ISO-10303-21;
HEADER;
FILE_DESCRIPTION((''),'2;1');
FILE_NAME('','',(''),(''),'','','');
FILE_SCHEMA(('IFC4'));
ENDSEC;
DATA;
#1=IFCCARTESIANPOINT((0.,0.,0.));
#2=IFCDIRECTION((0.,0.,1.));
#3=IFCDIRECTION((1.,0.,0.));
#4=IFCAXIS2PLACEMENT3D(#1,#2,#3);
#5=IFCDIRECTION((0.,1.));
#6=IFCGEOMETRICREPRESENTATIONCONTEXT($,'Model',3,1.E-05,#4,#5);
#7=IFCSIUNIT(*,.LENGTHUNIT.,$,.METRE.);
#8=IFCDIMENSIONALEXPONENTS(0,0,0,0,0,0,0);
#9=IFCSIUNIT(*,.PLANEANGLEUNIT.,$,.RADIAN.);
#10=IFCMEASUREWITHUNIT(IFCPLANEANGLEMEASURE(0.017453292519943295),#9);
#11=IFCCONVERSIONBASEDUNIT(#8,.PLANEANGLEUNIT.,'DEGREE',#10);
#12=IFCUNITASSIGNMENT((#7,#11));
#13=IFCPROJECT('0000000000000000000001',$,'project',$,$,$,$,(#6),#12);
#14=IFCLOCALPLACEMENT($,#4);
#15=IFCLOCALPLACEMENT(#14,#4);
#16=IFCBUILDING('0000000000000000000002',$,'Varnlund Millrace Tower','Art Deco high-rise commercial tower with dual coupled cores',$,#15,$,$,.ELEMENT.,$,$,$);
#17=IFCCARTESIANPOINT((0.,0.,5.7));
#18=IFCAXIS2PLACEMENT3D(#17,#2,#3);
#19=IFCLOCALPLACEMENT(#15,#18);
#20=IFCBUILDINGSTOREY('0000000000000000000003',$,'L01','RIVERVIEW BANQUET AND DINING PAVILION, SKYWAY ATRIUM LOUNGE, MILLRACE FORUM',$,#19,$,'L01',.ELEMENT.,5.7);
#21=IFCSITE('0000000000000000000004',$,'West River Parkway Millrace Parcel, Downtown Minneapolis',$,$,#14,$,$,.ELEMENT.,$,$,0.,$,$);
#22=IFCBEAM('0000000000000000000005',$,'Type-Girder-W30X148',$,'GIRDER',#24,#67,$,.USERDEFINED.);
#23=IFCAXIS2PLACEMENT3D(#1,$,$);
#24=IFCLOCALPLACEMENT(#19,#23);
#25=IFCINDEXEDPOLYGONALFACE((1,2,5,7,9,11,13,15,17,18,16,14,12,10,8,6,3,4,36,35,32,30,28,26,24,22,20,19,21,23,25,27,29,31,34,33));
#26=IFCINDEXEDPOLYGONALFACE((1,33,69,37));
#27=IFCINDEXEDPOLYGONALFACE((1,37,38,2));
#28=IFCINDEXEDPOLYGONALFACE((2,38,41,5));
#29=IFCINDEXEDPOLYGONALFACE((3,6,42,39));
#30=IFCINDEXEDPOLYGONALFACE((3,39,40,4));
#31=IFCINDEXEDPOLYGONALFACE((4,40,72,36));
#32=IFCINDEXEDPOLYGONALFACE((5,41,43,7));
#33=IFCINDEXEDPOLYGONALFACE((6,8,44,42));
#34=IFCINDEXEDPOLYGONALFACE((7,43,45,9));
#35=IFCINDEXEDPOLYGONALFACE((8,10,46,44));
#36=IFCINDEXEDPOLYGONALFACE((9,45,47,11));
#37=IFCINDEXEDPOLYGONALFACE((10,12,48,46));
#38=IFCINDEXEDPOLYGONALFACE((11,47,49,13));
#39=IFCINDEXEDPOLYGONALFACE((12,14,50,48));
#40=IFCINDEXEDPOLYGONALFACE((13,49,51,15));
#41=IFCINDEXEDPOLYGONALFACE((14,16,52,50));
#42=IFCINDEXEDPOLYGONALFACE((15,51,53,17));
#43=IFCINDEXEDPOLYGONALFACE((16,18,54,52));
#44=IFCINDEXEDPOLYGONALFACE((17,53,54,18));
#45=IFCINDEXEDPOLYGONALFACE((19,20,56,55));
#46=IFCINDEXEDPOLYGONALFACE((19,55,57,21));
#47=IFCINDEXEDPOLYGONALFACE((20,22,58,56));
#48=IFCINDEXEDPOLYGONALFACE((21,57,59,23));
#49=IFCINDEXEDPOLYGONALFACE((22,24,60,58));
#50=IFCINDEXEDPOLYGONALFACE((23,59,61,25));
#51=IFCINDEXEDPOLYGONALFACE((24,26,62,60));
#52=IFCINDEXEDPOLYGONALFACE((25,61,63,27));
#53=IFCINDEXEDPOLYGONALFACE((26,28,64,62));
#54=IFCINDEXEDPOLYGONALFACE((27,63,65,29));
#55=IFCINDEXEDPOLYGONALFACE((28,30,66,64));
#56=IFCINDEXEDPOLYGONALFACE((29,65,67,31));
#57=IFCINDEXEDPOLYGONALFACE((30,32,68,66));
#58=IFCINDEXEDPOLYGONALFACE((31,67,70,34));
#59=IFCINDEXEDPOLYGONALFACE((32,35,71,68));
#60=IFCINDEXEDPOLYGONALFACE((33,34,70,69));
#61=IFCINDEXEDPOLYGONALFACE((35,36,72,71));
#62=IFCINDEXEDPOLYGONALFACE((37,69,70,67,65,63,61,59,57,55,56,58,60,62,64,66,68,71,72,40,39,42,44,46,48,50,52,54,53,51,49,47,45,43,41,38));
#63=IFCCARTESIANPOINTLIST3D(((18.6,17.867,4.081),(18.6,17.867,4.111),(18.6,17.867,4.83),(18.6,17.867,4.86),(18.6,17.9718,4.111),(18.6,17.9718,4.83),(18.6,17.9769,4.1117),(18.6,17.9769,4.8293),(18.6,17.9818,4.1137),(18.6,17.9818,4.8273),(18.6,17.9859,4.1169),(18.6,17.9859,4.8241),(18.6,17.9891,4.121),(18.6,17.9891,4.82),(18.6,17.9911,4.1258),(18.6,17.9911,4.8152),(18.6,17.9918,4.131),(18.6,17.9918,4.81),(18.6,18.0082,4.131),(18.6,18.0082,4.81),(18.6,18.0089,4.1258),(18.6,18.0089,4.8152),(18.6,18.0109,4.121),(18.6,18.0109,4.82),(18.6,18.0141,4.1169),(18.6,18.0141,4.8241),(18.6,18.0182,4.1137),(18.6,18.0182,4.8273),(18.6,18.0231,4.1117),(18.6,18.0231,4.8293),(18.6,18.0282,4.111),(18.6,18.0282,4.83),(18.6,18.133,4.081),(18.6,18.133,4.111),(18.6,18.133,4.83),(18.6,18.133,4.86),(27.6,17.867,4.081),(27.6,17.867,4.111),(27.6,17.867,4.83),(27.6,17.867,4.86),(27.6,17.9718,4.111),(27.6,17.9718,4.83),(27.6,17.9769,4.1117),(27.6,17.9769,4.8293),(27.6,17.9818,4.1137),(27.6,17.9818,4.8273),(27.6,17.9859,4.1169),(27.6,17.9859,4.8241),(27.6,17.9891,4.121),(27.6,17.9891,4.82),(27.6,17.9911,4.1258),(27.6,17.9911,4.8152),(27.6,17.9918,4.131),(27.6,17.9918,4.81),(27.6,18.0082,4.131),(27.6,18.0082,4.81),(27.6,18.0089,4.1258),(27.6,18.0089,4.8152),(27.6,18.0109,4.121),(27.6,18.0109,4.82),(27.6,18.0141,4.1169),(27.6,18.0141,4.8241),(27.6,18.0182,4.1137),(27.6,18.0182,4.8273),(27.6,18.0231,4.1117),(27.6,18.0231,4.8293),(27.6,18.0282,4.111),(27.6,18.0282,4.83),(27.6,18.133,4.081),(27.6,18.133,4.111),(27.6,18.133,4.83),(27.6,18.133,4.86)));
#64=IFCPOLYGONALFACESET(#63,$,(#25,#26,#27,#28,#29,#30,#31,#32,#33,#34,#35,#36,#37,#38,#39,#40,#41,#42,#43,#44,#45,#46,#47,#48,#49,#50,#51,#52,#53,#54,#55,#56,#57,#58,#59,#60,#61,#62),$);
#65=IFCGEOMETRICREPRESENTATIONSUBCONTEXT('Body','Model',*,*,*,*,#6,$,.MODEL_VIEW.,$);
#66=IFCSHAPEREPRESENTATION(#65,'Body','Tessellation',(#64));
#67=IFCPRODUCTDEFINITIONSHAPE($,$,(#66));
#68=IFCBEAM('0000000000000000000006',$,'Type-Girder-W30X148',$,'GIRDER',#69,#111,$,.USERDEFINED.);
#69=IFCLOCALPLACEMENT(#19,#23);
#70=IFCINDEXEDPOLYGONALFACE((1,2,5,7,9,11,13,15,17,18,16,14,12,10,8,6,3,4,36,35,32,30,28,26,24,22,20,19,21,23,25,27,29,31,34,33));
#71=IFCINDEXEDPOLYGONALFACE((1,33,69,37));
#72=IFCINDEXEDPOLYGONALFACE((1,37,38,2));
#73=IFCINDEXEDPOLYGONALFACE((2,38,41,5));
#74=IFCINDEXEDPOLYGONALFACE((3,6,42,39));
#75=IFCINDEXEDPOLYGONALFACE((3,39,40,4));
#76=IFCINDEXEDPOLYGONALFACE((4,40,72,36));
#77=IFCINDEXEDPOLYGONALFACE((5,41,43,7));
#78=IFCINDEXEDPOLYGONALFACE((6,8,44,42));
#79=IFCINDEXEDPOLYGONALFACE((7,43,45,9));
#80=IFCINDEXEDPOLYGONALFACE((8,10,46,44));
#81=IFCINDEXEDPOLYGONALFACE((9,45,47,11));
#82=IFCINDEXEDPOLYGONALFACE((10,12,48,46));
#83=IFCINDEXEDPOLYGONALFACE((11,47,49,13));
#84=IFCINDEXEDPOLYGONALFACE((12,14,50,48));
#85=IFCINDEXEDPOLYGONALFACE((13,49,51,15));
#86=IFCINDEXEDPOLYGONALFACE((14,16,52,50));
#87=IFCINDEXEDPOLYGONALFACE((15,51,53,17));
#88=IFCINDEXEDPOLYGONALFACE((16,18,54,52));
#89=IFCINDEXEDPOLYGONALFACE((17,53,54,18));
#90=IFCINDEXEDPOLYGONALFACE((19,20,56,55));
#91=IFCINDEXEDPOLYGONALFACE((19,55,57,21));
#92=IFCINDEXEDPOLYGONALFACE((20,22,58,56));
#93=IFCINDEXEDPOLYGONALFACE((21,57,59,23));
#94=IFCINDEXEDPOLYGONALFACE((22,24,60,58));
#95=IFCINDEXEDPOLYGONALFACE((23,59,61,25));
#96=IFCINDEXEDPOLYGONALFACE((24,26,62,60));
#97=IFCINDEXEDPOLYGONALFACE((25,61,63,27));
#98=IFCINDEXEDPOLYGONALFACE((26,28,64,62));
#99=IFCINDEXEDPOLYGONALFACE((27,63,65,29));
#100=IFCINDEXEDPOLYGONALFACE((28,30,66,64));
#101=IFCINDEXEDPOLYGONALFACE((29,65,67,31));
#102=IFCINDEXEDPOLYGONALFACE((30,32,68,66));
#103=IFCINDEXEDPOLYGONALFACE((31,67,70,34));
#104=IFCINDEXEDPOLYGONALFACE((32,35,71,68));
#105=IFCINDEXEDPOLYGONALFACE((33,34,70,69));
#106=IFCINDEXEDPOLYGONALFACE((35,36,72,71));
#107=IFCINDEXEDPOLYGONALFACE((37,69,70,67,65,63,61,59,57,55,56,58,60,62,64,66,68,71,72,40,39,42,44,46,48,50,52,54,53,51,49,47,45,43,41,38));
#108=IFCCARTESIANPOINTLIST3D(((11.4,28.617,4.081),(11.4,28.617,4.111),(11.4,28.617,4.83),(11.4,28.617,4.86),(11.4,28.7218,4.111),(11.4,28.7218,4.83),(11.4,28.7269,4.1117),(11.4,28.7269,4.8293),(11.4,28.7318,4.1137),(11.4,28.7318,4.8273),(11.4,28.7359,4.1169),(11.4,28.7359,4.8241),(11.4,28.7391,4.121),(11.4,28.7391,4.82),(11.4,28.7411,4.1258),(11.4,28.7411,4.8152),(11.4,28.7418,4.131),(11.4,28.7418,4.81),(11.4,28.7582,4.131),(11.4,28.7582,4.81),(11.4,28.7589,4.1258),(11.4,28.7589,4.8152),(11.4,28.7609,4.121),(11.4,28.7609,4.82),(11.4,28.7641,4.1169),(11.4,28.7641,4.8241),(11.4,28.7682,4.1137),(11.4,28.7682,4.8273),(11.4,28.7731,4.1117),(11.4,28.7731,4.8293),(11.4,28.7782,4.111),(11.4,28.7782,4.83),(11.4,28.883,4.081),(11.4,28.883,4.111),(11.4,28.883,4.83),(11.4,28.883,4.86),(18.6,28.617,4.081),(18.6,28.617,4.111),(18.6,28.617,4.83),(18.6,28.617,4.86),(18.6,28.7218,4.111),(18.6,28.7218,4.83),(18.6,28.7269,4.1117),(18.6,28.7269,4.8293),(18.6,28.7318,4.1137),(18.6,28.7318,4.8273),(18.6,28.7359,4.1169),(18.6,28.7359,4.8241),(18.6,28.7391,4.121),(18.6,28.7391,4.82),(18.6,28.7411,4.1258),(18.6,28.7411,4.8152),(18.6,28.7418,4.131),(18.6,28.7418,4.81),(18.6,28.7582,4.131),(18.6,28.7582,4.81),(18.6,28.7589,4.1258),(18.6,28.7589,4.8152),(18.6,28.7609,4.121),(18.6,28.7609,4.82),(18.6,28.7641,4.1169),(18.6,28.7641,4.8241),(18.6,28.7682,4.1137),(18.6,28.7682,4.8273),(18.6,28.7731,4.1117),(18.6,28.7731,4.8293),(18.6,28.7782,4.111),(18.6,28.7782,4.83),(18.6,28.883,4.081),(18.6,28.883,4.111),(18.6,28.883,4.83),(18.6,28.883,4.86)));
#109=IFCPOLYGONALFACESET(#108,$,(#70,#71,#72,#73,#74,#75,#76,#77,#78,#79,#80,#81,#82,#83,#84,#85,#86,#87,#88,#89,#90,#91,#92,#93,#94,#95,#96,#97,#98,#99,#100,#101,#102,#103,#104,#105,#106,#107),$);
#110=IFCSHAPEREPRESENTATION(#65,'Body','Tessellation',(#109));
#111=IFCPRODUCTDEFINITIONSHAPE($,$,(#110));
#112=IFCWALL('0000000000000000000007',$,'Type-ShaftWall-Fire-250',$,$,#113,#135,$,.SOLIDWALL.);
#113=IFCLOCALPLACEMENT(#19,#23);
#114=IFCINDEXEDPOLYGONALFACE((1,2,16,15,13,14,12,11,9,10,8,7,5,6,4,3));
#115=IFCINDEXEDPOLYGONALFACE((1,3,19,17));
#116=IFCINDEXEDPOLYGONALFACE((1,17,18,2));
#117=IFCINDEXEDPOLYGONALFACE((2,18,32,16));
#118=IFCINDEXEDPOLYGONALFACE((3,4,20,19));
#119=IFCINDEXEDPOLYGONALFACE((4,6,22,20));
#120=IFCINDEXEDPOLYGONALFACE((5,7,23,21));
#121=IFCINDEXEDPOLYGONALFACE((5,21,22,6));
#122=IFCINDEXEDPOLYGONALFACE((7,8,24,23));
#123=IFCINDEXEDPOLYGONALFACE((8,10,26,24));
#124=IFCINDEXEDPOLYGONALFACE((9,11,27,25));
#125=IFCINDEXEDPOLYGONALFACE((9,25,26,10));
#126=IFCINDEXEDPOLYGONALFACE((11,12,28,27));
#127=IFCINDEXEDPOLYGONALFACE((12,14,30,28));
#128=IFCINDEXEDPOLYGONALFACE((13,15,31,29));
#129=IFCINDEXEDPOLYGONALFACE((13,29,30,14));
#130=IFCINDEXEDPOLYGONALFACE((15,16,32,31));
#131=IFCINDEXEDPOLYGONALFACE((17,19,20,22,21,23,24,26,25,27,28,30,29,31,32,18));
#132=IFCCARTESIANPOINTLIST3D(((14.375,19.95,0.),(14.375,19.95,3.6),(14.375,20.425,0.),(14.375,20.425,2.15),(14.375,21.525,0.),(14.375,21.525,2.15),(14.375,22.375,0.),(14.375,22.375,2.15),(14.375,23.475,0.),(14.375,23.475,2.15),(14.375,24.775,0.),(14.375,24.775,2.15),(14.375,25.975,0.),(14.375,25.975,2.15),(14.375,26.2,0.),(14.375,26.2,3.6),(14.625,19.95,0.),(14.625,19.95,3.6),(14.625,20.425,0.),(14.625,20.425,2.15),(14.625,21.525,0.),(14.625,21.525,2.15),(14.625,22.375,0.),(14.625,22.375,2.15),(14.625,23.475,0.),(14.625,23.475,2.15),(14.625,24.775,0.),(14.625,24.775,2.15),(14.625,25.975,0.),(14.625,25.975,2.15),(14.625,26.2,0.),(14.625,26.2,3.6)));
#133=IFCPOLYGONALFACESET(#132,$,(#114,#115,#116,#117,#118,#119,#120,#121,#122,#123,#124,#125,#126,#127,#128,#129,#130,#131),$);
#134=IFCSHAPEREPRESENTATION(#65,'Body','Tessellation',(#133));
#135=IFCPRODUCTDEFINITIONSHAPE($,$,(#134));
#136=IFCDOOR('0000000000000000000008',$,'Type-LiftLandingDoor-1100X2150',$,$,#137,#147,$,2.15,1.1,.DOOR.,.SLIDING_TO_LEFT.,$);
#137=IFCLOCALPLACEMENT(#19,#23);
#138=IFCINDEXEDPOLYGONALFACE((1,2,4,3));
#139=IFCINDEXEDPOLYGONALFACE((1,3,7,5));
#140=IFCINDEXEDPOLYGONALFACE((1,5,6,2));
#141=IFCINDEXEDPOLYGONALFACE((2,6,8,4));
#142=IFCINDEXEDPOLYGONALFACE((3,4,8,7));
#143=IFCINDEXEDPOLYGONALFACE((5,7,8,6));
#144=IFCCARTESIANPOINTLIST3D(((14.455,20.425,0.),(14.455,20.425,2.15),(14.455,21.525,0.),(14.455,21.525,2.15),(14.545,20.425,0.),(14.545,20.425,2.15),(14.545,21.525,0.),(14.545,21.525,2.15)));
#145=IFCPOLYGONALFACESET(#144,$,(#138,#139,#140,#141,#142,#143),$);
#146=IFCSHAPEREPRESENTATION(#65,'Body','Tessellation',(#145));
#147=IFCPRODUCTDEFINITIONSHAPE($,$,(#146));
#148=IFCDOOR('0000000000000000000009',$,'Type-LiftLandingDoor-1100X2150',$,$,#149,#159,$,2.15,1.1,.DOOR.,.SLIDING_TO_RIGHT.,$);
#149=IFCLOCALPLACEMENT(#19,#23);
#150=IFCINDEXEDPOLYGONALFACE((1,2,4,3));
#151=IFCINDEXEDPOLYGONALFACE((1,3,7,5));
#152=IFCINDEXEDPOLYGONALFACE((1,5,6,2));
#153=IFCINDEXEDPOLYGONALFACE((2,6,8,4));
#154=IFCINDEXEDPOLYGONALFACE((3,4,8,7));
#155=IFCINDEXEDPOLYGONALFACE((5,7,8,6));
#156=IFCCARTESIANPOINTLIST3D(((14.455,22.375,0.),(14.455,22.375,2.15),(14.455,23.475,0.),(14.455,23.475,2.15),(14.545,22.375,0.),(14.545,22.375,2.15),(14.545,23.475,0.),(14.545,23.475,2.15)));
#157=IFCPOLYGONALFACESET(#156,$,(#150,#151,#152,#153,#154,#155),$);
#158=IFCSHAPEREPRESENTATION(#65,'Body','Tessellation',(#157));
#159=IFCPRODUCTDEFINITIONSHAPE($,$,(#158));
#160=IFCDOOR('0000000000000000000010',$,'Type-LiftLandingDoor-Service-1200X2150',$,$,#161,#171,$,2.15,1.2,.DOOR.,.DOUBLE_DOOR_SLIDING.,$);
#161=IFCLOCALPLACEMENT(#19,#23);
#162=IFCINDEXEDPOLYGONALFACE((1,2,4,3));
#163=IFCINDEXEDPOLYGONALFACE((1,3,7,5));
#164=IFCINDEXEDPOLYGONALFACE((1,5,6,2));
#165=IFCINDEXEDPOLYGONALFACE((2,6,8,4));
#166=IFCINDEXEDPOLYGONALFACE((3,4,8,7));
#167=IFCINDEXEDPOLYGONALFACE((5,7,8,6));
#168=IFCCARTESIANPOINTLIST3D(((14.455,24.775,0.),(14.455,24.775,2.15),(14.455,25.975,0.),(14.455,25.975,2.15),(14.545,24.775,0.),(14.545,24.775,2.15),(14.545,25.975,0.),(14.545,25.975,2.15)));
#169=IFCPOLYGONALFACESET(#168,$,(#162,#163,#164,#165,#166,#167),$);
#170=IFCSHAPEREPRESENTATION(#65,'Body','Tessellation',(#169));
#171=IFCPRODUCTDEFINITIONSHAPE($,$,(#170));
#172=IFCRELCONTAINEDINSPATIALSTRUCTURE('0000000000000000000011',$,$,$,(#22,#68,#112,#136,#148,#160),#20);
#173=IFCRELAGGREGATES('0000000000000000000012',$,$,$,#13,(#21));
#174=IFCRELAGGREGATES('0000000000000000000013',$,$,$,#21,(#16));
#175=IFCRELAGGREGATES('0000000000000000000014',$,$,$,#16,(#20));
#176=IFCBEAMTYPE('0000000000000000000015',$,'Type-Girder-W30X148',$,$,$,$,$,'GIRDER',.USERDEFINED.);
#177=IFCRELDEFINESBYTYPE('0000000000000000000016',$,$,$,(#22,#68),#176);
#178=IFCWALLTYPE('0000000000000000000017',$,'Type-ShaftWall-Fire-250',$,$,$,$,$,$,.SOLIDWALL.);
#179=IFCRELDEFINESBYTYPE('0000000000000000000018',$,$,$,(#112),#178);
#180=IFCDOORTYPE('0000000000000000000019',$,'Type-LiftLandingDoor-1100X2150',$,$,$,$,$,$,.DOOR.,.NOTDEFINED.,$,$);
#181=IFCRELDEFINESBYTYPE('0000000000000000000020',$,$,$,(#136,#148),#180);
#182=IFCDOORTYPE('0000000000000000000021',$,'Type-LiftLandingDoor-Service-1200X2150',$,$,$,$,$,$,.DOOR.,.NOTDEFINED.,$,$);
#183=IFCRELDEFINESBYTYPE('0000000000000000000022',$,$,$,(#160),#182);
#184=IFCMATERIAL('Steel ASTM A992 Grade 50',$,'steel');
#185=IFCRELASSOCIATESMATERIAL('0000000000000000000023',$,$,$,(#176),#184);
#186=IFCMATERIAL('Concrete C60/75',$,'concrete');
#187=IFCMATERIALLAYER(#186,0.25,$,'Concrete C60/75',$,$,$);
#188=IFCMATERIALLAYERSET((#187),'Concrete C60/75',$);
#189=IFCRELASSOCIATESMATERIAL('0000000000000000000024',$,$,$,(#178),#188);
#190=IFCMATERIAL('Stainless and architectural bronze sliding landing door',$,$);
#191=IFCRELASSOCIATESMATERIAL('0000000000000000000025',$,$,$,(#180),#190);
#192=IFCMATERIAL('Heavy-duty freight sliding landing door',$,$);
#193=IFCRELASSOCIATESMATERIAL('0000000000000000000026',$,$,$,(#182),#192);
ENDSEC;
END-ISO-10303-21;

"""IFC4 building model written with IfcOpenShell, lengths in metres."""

from ifc_helpers import new_model, entity, si_unit, converted_unit, direction, frame, origin_with_axes, origin_2d_with_axis, place, context, subcontext, project, spatial, polyline, rectangle, i_section, outline, extrude, material, layer, layer_set, material_profile, profile_set, type_object, element, fill, save


model = new_model("IFC4")

# Units and contexts
model_context = context("Model", 3, precision=1e-05, world=origin_with_axes(), true_north=direction((0.0, 1.0)))
body_context = subcontext(model_context, "Body", "Model", "MODEL_VIEW")
ifc_project = project(units=[si_unit("LENGTHUNIT", "METRE"), converted_unit("PLANEANGLEUNIT", "DEGREE", entity("IfcPlaneAngleMeasure", 0.017453292519943295), si_unit("PLANEANGLEUNIT", "RADIAN"), dimensions=[0, 0, 0, 0, 0, 0, 0])], contexts=[model_context])

# Site, building, storey
site_placement = place(None, origin_with_axes())
site = spatial("IfcSite", under=ifc_project, at=site_placement, Name="West River Parkway Millrace Parcel, Downtown Minneapolis", CompositionType="ELEMENT", RefElevation=0.0)
building_placement = place(site_placement, origin_with_axes())
building = spatial("IfcBuilding", under=site, at=building_placement, Name="Varnlund Millrace Tower", Description="Art Deco high-rise commercial tower with dual coupled cores", CompositionType="ELEMENT")
storey_placement = place(building_placement, frame((0.0, 0.0, 5.7), z_axis=(0.0, 0.0, 1.0), x_axis=(1.0, 0.0, 0.0)))
storey = spatial("IfcBuildingStorey", under=building, at=storey_placement, Name="L01", Description="RIVERVIEW BANQUET AND DINING PAVILION, SKYWAY ATRIUM LOUNGE, MILLRACE FORUM", LongName="L01", CompositionType="ELEMENT", Elevation=5.7)

# Beams
ifc_material_1 = material(Name="Steel ASTM A992 Grade 50", Category="steel")
ifc_material_profile = material_profile(ifc_material_1, i_section(OverallWidth=0.266, OverallDepth=0.779, WebThickness=0.0165, FlangeThickness=0.03, FilletRadius=0.02, at=origin_2d_with_axis()), Name="Steel ASTM A992 Grade 50")
ifc_profile_set = profile_set([ifc_material_profile], Name="Steel ASTM A992 Grade 50")
beam_type = type_object("IfcBeamType", Name="Type-Girder-W30X148", ElementType="GIRDER", PredefinedType="USERDEFINED", material=ifc_profile_set)
beam_1_placement = place(storey_placement, frame((18.6, 18.0, 4.4705), z_axis=(1.0, 0.0, 0.0), x_axis=(0.0, 1.0, 0.0)))
element("IfcBeam", 1, at=beam_1_placement, inside=storey, type_object=beam_type, Name="Type-Girder-W30X148", ObjectType="GIRDER", PredefinedType="USERDEFINED", context=body_context, shape_type="SweptSolid", body=[
    extrude(i_section(OverallWidth=0.266, OverallDepth=0.779, WebThickness=0.0165, FlangeThickness=0.03, FilletRadius=0.02, at=origin_2d_with_axis()), origin_with_axes(), (0.0, 0.0, 1.0), 9.0),
])
beam_2_placement = place(storey_placement, frame((11.4, 28.75, 4.4705), z_axis=(1.0, 0.0, 0.0), x_axis=(0.0, 1.0, 0.0)))
element("IfcBeam", 2, at=beam_2_placement, inside=storey, type_object=beam_type, Name="Type-Girder-W30X148", ObjectType="GIRDER", PredefinedType="USERDEFINED", context=body_context, shape_type="SweptSolid", body=[
    extrude(i_section(OverallWidth=0.266, OverallDepth=0.779, WebThickness=0.0165, FlangeThickness=0.03, FilletRadius=0.02, at=origin_2d_with_axis()), origin_with_axes(), (0.0, 0.0, 1.0), 7.2),
])

# Wall, openings, doors
ifc_material_2 = material(Name="Concrete C60/75", Category="concrete")
ifc_layer = layer(ifc_material_2, 0.25, Name="Concrete C60/75")
ifc_layer_set = layer_set([ifc_layer], Name="Concrete C60/75")
wall_type_1 = type_object("IfcWallType", Name="Type-ShaftWall-Fire-250", PredefinedType="SOLIDWALL", material=ifc_layer_set)
wall_1_placement = place(storey_placement, frame((14.5, 19.95, 0.0), z_axis=(0.0, 0.0, 1.0), x_axis=(0.0, 1.0, 0.0)))
wall_1 = element("IfcWall", 3, at=wall_1_placement, inside=storey, type_object=wall_type_1, Name="Type-ShaftWall-Fire-250", PredefinedType="SOLIDWALL", context=body_context, shape_type="SweptSolid", body=[
    extrude(outline(polyline([(0.0, -0.125), (6.25, -0.125), (6.25, 0.125), (0.0, 0.125), (0.0, -0.125)])), origin_with_axes(), (0.0, 0.0, 1.0), 3.6),
])
opening_1_placement = place(wall_1_placement, frame((1.025, 0.0, 0.0), z_axis=(0.0, 0.0, 1.0), x_axis=(1.0, 0.0, 0.0)))
opening_1 = element("IfcOpeningElement", 4, at=opening_1_placement, cuts=wall_1, PredefinedType="OPENING", context=body_context, shape_type="SweptSolid", body=[
    extrude(rectangle(XDim=1.1, YDim=0.27, at=origin_2d_with_axis()), origin_with_axes(), (0.0, 0.0, 1.0), 2.15),
])
opening_2_placement = place(wall_1_placement, frame((2.975, 0.0, 0.0), z_axis=(0.0, 0.0, 1.0), x_axis=(1.0, 0.0, 0.0)))
opening_2 = element("IfcOpeningElement", 5, at=opening_2_placement, cuts=wall_1, PredefinedType="OPENING", context=body_context, shape_type="SweptSolid", body=[
    extrude(rectangle(XDim=1.1, YDim=0.27, at=origin_2d_with_axis()), origin_with_axes(), (0.0, 0.0, 1.0), 2.15),
])
opening_3_placement = place(wall_1_placement, frame((5.425, 0.0, 0.0), z_axis=(0.0, 0.0, 1.0), x_axis=(1.0, 0.0, 0.0)))
opening_3 = element("IfcOpeningElement", 6, at=opening_3_placement, cuts=wall_1, PredefinedType="OPENING", context=body_context, shape_type="SweptSolid", body=[
    extrude(rectangle(XDim=1.2, YDim=0.27, at=origin_2d_with_axis()), origin_with_axes(), (0.0, 0.0, 1.0), 2.15),
])
ifc_material_3 = material(Name="Stainless and architectural bronze sliding landing door")
door_type_1 = type_object("IfcDoorType", Name="Type-LiftLandingDoor-1100X2150", OperationType="NOTDEFINED", PredefinedType="DOOR", material=ifc_material_3)
door_1_placement = place(wall_1_placement, frame((1.025, 0.0, 0.0), z_axis=(0.0, 0.0, 1.0), x_axis=(1.0, 0.0, 0.0)))
door_1 = element("IfcDoor", 7, at=door_1_placement, inside=storey, type_object=door_type_1, Name="Type-LiftLandingDoor-1100X2150", OperationType="SLIDING_TO_LEFT", OverallHeight=2.15, OverallWidth=1.1, PredefinedType="DOOR", context=body_context, shape_type="SweptSolid", body=[
    extrude(rectangle(XDim=1.1, YDim=0.09, at=origin_2d_with_axis()), origin_with_axes(), (0.0, 0.0, 1.0), 2.15),
])
fill(opening_1, door_1)
door_2_placement = place(wall_1_placement, frame((2.975, 0.0, 0.0), z_axis=(0.0, 0.0, 1.0), x_axis=(1.0, 0.0, 0.0)))
door_2 = element("IfcDoor", 8, at=door_2_placement, inside=storey, type_object=door_type_1, Name="Type-LiftLandingDoor-1100X2150", OperationType="SLIDING_TO_RIGHT", OverallHeight=2.15, OverallWidth=1.1, PredefinedType="DOOR", context=body_context, shape_type="SweptSolid", body=[
    extrude(rectangle(XDim=1.1, YDim=0.09, at=origin_2d_with_axis()), origin_with_axes(), (0.0, 0.0, 1.0), 2.15),
])
fill(opening_2, door_2)
ifc_material_4 = material(Name="Heavy-duty freight sliding landing door")
door_type_2 = type_object("IfcDoorType", Name="Type-LiftLandingDoor-Service-1200X2150", OperationType="NOTDEFINED", PredefinedType="DOOR", material=ifc_material_4)
door_3_placement = place(wall_1_placement, frame((5.425, 0.0, 0.0), z_axis=(0.0, 0.0, 1.0), x_axis=(1.0, 0.0, 0.0)))
door_3 = element("IfcDoor", 9, at=door_3_placement, inside=storey, type_object=door_type_2, Name="Type-LiftLandingDoor-Service-1200X2150", OperationType="DOUBLE_DOOR_SLIDING", OverallHeight=2.15, OverallWidth=1.2, PredefinedType="DOOR", context=body_context, shape_type="SweptSolid", body=[
    extrude(rectangle(XDim=1.2, YDim=0.09, at=origin_2d_with_axis()), origin_with_axes(), (0.0, 0.0, 1.0), 2.15),
])
fill(opening_3, door_3)

save(model, "model.ifc")
